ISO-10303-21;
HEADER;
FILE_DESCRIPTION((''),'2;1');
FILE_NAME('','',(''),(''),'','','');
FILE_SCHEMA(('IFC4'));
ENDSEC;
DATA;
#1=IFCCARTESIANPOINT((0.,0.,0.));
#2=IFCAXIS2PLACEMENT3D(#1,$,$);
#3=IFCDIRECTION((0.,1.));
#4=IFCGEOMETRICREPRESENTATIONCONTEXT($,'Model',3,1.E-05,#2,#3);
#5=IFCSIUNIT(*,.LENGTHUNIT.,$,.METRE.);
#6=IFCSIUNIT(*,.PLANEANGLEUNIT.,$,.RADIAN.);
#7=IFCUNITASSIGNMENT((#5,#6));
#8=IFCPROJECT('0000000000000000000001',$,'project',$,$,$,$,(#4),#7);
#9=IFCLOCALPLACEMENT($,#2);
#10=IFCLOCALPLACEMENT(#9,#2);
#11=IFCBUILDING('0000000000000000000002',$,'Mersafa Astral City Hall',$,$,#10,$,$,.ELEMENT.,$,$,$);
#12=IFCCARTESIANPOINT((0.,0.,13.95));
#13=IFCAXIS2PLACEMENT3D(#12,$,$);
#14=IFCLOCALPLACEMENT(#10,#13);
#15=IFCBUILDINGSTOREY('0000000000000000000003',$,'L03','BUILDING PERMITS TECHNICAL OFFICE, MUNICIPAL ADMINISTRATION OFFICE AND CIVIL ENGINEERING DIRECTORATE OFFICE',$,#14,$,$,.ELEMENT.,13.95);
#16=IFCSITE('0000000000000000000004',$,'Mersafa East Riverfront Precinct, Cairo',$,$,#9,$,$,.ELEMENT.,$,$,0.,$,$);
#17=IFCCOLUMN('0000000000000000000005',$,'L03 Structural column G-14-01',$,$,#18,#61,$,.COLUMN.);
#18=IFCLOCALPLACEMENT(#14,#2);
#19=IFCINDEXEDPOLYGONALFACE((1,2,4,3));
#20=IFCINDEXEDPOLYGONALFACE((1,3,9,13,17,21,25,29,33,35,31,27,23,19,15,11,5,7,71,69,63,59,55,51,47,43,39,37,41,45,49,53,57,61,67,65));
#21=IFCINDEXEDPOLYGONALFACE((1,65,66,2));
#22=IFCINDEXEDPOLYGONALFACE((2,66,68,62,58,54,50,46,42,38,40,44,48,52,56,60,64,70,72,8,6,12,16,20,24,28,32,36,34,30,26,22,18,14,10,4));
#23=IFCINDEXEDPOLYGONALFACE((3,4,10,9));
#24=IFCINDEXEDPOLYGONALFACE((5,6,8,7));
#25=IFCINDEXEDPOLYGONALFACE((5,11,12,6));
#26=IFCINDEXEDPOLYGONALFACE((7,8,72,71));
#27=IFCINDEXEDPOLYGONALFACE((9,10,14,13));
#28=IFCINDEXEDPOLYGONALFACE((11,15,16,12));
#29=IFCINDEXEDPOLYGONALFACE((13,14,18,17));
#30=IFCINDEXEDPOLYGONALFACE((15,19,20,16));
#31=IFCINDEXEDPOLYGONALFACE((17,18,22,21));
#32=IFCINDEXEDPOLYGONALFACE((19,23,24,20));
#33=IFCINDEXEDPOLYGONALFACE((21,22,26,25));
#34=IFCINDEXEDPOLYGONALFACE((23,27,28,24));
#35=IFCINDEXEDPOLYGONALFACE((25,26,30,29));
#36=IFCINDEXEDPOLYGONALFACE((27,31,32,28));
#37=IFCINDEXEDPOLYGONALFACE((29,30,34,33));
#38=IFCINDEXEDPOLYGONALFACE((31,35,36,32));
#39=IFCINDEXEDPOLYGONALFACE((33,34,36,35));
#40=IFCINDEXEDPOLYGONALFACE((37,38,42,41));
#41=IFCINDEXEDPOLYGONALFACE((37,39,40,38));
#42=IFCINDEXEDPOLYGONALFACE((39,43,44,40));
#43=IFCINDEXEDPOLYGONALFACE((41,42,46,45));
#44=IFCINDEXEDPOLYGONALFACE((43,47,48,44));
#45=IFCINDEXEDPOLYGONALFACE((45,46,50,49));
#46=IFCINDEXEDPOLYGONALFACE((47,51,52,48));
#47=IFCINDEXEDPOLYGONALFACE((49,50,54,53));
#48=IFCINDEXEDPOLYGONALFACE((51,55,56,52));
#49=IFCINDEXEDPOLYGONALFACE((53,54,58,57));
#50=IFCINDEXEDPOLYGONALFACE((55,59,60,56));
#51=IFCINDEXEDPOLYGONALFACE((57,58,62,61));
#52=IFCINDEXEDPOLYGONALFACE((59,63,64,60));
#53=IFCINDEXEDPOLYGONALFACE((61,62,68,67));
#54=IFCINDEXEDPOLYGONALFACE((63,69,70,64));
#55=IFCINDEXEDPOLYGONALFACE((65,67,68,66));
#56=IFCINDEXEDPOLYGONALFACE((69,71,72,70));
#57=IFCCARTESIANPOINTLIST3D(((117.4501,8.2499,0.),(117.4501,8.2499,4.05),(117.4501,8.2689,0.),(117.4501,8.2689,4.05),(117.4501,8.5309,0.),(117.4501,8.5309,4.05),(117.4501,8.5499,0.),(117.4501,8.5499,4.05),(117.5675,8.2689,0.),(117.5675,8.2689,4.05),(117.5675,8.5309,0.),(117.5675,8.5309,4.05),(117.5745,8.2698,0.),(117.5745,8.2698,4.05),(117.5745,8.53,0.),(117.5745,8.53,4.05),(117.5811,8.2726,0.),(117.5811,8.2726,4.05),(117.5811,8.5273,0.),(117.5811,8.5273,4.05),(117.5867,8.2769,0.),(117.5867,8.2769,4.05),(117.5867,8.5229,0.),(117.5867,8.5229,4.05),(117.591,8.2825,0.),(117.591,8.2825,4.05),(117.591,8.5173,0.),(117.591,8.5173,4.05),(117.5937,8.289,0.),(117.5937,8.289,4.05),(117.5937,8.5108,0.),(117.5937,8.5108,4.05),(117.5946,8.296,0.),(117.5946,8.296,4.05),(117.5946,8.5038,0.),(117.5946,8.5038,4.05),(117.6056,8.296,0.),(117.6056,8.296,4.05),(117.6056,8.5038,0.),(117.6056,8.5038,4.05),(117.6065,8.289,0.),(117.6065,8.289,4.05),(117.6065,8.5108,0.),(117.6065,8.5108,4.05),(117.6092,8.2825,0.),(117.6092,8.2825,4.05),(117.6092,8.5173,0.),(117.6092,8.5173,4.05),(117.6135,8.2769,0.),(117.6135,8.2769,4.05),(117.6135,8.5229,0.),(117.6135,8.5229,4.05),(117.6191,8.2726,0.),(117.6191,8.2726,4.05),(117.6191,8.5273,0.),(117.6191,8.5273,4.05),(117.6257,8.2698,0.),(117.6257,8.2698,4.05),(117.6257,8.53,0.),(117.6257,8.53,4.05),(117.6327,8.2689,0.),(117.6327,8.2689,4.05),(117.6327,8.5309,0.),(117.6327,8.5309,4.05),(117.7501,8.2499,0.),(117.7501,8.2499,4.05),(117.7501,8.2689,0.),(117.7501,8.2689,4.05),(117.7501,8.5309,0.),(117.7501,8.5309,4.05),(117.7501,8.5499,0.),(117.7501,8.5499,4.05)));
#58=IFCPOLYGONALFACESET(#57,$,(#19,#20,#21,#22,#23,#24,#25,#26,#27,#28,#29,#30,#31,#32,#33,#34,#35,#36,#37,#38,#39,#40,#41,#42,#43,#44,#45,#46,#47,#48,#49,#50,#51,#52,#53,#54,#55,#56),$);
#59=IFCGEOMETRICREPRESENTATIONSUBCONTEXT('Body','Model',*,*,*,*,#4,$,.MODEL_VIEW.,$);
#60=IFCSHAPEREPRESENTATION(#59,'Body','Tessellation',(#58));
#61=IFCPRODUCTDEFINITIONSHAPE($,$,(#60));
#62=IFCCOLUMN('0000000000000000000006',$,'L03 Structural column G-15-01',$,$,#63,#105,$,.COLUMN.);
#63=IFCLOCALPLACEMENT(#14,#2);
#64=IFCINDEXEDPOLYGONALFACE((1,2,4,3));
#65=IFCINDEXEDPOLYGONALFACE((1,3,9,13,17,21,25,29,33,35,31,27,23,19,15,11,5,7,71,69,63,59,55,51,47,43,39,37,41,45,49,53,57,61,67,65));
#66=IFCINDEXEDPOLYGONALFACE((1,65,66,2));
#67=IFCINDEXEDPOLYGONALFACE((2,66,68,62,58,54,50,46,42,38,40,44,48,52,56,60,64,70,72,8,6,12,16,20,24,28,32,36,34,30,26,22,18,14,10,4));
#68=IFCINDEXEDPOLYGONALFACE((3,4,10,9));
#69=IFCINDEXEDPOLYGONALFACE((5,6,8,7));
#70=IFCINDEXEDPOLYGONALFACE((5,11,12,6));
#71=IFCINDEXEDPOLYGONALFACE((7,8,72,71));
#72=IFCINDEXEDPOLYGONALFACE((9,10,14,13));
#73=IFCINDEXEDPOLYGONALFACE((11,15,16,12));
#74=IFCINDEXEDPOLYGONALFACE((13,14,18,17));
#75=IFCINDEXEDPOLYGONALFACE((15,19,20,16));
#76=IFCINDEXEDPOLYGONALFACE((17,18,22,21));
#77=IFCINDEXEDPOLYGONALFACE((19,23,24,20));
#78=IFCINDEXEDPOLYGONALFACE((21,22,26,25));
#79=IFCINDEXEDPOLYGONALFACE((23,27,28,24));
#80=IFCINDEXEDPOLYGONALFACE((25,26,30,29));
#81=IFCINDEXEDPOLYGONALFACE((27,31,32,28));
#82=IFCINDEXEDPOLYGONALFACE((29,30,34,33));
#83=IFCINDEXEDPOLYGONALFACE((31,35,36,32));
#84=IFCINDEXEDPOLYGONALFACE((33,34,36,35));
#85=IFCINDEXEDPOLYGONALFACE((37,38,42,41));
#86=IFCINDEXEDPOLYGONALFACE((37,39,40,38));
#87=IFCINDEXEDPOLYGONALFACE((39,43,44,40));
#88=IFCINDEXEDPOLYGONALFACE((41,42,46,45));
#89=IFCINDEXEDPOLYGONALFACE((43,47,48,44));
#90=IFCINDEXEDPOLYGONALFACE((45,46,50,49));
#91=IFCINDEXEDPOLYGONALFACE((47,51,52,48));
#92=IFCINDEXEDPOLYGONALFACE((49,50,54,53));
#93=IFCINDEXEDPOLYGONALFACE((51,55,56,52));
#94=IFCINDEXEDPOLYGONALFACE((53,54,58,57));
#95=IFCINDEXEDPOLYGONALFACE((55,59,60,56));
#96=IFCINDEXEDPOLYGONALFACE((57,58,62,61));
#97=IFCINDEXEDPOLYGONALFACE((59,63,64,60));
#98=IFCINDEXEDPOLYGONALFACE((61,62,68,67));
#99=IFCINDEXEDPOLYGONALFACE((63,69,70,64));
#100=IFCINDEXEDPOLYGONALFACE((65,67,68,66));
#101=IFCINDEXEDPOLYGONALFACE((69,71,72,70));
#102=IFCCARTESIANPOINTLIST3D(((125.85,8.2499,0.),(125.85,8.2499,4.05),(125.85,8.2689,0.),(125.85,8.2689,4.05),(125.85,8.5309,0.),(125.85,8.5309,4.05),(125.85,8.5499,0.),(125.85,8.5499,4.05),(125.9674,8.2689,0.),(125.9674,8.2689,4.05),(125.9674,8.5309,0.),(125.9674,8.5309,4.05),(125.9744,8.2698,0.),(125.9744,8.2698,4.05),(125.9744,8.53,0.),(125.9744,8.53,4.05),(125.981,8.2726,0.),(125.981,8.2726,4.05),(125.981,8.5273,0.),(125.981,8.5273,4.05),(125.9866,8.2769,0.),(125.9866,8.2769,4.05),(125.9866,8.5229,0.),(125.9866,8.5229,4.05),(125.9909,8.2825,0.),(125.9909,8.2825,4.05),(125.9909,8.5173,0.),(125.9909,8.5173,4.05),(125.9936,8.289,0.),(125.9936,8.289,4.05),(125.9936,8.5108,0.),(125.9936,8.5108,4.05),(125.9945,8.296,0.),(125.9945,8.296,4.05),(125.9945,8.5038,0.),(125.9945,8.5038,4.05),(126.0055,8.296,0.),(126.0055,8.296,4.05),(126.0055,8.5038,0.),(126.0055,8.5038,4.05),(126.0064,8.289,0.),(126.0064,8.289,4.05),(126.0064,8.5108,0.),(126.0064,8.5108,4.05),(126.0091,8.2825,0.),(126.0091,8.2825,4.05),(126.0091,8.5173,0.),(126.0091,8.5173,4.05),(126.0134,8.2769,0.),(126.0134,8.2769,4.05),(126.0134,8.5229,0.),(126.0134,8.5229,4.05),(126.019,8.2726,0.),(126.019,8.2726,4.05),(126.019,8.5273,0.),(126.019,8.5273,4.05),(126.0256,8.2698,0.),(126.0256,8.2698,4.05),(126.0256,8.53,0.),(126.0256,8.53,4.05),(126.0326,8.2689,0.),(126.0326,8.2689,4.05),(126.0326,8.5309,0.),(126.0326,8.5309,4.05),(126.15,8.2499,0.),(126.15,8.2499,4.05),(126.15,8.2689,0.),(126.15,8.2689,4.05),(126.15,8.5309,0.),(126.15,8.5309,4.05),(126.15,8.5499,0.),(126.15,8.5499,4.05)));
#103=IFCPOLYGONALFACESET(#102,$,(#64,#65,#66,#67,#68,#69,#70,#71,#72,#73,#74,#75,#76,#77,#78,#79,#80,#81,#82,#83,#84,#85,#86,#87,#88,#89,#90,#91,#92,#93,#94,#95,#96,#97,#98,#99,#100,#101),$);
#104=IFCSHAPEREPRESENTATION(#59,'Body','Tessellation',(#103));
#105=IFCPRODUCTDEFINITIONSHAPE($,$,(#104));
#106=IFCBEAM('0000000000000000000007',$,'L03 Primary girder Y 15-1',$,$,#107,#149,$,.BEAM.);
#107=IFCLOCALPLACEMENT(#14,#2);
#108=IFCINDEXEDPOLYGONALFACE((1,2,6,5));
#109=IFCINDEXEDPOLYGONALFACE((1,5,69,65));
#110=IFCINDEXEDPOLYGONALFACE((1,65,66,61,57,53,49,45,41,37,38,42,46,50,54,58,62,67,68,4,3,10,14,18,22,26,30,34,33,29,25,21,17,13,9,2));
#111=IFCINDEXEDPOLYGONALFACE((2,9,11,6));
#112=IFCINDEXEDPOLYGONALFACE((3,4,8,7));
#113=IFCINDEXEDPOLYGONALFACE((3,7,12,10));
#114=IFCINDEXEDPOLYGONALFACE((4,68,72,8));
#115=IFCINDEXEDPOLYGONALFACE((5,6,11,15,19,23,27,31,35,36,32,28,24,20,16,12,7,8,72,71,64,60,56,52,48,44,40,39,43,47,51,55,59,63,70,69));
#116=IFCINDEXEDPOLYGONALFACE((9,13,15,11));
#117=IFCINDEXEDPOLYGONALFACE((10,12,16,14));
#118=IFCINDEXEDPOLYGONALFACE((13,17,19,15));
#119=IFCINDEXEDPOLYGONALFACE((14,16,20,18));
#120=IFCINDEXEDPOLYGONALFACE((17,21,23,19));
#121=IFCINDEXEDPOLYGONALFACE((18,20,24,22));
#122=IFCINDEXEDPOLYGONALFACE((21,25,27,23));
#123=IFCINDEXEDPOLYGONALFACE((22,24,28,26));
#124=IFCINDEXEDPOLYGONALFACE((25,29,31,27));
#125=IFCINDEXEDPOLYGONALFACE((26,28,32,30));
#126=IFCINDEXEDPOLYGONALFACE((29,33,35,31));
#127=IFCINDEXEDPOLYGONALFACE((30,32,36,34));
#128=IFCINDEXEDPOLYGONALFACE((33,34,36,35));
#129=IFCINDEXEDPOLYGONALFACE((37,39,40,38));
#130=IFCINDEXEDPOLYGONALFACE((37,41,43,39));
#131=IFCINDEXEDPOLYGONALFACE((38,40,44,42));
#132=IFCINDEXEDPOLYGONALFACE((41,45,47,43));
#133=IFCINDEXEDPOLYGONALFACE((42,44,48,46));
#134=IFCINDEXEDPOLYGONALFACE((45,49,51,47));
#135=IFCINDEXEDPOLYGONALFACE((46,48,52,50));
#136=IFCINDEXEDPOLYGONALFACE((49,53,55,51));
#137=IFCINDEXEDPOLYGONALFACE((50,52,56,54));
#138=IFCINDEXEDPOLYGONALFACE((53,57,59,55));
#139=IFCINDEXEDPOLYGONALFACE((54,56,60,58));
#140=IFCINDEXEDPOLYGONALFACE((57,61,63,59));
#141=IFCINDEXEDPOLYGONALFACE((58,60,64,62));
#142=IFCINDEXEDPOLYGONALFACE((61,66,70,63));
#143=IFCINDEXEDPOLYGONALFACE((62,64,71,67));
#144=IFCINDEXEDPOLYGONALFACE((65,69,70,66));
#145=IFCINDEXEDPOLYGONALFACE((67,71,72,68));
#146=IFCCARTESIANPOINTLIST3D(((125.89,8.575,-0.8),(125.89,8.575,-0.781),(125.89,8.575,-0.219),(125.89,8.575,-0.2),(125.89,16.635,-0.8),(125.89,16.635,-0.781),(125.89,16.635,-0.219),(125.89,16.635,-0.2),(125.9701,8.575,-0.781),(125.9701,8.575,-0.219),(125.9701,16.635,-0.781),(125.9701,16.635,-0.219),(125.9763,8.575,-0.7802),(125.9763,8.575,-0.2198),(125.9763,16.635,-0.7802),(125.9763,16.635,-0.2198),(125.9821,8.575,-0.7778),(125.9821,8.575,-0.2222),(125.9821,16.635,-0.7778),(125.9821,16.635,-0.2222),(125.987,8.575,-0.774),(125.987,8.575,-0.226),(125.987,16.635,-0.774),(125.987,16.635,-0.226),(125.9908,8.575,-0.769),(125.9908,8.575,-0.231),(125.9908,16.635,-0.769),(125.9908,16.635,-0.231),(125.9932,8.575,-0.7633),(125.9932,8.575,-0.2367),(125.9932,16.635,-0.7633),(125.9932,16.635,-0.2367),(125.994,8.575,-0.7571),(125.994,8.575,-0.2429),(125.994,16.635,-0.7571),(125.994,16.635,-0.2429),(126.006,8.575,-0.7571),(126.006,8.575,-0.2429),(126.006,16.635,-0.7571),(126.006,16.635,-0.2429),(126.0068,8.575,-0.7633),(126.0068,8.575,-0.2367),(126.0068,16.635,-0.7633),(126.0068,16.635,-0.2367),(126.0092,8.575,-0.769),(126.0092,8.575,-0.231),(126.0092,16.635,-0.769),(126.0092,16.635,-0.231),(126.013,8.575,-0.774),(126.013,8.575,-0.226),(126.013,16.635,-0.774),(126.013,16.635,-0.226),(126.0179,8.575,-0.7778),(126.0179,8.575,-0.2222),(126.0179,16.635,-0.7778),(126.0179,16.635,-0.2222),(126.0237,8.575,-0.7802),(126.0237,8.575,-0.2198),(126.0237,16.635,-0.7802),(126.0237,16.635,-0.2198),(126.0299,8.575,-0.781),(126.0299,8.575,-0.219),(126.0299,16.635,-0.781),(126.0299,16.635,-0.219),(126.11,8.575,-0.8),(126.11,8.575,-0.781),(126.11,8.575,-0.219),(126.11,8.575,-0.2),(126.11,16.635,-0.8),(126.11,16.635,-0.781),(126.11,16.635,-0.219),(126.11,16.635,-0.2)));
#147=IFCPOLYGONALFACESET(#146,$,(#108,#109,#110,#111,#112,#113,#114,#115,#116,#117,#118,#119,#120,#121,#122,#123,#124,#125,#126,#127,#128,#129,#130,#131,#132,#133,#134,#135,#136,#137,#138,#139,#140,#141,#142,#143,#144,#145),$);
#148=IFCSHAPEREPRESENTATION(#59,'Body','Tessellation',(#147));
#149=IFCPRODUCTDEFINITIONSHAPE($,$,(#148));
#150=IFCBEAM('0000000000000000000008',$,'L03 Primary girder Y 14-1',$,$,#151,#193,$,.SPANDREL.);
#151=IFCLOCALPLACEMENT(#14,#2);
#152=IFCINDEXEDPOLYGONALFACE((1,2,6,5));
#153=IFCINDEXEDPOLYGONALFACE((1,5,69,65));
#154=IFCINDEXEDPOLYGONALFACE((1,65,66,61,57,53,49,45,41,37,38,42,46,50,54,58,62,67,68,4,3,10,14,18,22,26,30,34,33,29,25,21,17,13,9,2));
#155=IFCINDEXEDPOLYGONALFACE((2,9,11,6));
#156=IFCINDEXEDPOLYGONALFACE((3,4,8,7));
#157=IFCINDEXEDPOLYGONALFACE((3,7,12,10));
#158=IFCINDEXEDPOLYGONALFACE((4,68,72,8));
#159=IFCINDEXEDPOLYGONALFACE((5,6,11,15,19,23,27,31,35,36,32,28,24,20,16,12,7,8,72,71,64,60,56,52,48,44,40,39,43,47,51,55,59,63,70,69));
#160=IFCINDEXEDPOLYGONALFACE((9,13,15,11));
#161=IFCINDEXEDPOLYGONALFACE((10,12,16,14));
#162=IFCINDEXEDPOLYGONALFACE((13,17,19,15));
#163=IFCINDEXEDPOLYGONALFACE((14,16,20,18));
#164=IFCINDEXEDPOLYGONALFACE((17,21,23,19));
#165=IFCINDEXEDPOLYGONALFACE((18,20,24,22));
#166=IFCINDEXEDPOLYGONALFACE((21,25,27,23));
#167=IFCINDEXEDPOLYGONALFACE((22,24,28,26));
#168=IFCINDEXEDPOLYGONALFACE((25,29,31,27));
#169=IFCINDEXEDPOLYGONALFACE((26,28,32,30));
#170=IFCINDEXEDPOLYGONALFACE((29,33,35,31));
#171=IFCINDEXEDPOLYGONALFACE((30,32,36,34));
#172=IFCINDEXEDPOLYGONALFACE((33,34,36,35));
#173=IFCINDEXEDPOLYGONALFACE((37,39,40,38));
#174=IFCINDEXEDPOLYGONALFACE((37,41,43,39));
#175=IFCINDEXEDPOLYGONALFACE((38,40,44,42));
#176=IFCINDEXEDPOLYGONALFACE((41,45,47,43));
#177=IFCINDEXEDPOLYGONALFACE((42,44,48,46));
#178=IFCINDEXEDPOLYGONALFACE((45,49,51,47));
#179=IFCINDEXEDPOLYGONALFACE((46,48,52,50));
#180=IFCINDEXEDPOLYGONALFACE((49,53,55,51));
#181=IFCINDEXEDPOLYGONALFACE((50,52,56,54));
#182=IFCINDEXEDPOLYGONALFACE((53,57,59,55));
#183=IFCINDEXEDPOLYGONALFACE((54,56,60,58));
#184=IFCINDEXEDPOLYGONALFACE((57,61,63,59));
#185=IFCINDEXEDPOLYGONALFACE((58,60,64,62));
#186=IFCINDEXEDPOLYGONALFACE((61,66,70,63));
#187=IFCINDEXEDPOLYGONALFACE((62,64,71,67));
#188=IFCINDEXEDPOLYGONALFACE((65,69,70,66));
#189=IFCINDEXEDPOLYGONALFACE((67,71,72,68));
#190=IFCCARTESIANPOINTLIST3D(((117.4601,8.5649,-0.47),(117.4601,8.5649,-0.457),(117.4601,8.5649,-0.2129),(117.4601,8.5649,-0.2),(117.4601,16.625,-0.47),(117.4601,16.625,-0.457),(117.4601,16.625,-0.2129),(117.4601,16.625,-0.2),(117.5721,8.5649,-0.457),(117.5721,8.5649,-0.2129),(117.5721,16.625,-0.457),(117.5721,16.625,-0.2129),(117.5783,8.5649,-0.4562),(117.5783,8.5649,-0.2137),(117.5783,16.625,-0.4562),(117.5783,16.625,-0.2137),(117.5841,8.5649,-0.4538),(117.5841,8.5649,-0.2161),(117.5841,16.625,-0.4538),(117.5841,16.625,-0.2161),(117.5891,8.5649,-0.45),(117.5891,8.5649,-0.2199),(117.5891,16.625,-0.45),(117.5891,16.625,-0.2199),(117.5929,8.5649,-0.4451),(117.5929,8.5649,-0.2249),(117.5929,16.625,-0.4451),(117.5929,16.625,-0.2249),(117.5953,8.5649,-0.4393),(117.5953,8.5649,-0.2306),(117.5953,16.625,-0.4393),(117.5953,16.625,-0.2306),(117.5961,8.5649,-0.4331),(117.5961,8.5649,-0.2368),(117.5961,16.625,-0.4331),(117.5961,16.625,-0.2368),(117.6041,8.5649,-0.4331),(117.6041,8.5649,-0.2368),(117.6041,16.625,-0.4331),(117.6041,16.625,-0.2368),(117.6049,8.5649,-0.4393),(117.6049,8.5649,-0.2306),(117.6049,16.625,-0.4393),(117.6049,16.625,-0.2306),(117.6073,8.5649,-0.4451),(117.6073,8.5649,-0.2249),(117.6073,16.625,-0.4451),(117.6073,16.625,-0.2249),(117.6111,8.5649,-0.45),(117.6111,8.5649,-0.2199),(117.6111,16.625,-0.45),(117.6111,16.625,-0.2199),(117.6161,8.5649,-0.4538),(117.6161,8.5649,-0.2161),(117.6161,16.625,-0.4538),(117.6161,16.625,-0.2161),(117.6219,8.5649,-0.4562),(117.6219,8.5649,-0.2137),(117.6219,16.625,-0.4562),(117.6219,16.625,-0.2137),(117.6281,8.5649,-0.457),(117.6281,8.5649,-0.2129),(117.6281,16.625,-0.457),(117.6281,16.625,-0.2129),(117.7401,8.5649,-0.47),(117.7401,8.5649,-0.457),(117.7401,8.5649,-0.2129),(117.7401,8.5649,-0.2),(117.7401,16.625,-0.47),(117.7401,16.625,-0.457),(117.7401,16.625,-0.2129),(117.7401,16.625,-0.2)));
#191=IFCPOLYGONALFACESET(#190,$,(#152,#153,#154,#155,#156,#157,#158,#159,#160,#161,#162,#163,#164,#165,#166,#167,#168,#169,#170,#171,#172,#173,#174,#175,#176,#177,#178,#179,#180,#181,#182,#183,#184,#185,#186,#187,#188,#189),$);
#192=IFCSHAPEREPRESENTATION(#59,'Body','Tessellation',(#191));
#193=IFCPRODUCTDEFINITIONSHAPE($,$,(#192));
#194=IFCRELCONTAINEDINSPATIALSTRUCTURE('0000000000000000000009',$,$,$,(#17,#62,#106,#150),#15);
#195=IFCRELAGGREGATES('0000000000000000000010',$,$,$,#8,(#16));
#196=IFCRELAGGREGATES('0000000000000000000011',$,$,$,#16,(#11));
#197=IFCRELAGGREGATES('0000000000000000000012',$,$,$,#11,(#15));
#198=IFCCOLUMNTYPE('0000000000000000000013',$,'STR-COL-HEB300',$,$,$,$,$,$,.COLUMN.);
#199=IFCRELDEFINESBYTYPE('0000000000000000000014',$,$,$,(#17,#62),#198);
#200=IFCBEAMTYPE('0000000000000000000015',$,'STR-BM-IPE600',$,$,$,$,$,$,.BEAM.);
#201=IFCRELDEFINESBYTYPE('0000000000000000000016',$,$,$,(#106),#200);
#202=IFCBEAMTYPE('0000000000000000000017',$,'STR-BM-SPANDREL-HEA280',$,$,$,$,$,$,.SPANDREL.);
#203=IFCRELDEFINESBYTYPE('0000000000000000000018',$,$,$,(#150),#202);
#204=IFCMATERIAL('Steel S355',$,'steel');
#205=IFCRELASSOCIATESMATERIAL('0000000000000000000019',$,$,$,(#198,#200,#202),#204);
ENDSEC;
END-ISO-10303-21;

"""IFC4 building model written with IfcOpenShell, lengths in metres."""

from ifc_helpers import new_model, si_unit, direction, frame, origin, origin_2d, place, context, subcontext, project, spatial, i_section, extrude, material, material_profile, profile_set, type_object, element, save


model = new_model("IFC4")

# Units and contexts
model_context = context("Model", 3, precision=1e-05, world=origin(), true_north=direction((0.0, 1.0)))
body_context = subcontext(model_context, "Body", "Model", "MODEL_VIEW")
ifc_project = project(units=[si_unit("LENGTHUNIT", "METRE"), si_unit("PLANEANGLEUNIT", "RADIAN")], contexts=[model_context])

# Site, building, storey
site_placement = place(None, origin())
site = spatial("IfcSite", under=ifc_project, at=site_placement, Name="Mersafa East Riverfront Precinct, Cairo", CompositionType="ELEMENT", RefElevation=0.0)
building_placement = place(site_placement, origin())
building = spatial("IfcBuilding", under=site, at=building_placement, Name="Mersafa Astral City Hall", CompositionType="ELEMENT")
storey_placement = place(building_placement, frame((0.0, 0.0, 13.95)))
storey = spatial("IfcBuildingStorey", under=building, at=storey_placement, Name="L03", Description="BUILDING PERMITS TECHNICAL OFFICE, MUNICIPAL ADMINISTRATION OFFICE AND CIVIL ENGINEERING DIRECTORATE OFFICE", CompositionType="ELEMENT", Elevation=13.95)

# Columns
ifc_material_1 = material(Name="Steel S355", Category="steel")
ifc_material_profile_1 = material_profile(ifc_material_1, i_section(OverallWidth=0.3, OverallDepth=0.3, WebThickness=0.011, FlangeThickness=0.019, FilletRadius=0.0271, at=origin_2d()), Name="HEB 300")
ifc_profile_set_1 = profile_set([ifc_material_profile_1], Name="Steel S355")
column_type = type_object("IfcColumnType", Name="STR-COL-HEB300", PredefinedType="COLUMN", material=ifc_profile_set_1)
for number, where, z_axis, x_axis, name in (
    (1, (117.6001, 8.3999, 0.0), (0.0, 0.0, 1.0), (1.0, 0.0, 0.0), "L03 Structural column G-14-01"),
    (2, (126.0, 8.3999, 0.0), (0.0, 0.0, 1.0), (1.0, 0.0, 0.0), "L03 Structural column G-15-01"),
):
    element("IfcColumn", number, at=place(storey_placement, frame(where, z_axis=z_axis, x_axis=x_axis)), inside=storey, type_object=column_type, Name=name, PredefinedType="COLUMN", context=body_context, shape_type="SweptSolid", body=[
        extrude(i_section(OverallWidth=0.3, OverallDepth=0.3, WebThickness=0.011, FlangeThickness=0.019, FilletRadius=0.0271, at=origin_2d()), origin(), (0.0, 0.0, 1.0), 4.05),
    ])

# Beams
ifc_material_profile_2 = material_profile(ifc_material_1, i_section(OverallWidth=0.22, OverallDepth=0.6001, WebThickness=0.012, FlangeThickness=0.019, FilletRadius=0.0239, at=origin_2d()), Name="IPE 600")
ifc_profile_set_2 = profile_set([ifc_material_profile_2], Name="Steel S355")
beam_type_1 = type_object("IfcBeamType", Name="STR-BM-IPE600", PredefinedType="BEAM", material=ifc_profile_set_2)
beam_1_placement = place(storey_placement, frame((126.0, 8.575, -0.5), z_axis=(0.0, 1.0, 0.0), x_axis=(-1.0, 0.0, 0.0)))
element("IfcBeam", 3, at=beam_1_placement, inside=storey, type_object=beam_type_1, Name="L03 Primary girder Y 15-1", PredefinedType="BEAM", context=body_context, shape_type="SweptSolid", body=[
    extrude(i_section(OverallWidth=0.22, OverallDepth=0.6001, WebThickness=0.012, FlangeThickness=0.019, FilletRadius=0.0239, at=origin_2d()), origin(), (0.0, 0.0, 1.0), 8.0601),
])
ifc_material_profile_3 = material_profile(ifc_material_1, i_section(OverallWidth=0.28, OverallDepth=0.27, WebThickness=0.0081, FlangeThickness=0.0129, FilletRadius=0.0239, at=origin_2d()), Name="HEA 280")
ifc_profile_set_3 = profile_set([ifc_material_profile_3], Name="Steel S355")
beam_type_2 = type_object("IfcBeamType", Name="STR-BM-SPANDREL-HEA280", PredefinedType="SPANDREL", material=ifc_profile_set_3)
beam_2_placement = place(storey_placement, frame((117.6001, 8.5649, -0.335), z_axis=(0.0, 1.0, 0.0), x_axis=(-1.0, 0.0, 0.0)))
element("IfcBeam", 4, at=beam_2_placement, inside=storey, type_object=beam_type_2, Name="L03 Primary girder Y 14-1", PredefinedType="SPANDREL", context=body_context, shape_type="SweptSolid", body=[
    extrude(i_section(OverallWidth=0.28, OverallDepth=0.27, WebThickness=0.0081, FlangeThickness=0.0129, FilletRadius=0.0239, at=origin_2d()), origin(), (0.0, 0.0, 1.0), 8.0601),
])

save(model, "model.ifc")
